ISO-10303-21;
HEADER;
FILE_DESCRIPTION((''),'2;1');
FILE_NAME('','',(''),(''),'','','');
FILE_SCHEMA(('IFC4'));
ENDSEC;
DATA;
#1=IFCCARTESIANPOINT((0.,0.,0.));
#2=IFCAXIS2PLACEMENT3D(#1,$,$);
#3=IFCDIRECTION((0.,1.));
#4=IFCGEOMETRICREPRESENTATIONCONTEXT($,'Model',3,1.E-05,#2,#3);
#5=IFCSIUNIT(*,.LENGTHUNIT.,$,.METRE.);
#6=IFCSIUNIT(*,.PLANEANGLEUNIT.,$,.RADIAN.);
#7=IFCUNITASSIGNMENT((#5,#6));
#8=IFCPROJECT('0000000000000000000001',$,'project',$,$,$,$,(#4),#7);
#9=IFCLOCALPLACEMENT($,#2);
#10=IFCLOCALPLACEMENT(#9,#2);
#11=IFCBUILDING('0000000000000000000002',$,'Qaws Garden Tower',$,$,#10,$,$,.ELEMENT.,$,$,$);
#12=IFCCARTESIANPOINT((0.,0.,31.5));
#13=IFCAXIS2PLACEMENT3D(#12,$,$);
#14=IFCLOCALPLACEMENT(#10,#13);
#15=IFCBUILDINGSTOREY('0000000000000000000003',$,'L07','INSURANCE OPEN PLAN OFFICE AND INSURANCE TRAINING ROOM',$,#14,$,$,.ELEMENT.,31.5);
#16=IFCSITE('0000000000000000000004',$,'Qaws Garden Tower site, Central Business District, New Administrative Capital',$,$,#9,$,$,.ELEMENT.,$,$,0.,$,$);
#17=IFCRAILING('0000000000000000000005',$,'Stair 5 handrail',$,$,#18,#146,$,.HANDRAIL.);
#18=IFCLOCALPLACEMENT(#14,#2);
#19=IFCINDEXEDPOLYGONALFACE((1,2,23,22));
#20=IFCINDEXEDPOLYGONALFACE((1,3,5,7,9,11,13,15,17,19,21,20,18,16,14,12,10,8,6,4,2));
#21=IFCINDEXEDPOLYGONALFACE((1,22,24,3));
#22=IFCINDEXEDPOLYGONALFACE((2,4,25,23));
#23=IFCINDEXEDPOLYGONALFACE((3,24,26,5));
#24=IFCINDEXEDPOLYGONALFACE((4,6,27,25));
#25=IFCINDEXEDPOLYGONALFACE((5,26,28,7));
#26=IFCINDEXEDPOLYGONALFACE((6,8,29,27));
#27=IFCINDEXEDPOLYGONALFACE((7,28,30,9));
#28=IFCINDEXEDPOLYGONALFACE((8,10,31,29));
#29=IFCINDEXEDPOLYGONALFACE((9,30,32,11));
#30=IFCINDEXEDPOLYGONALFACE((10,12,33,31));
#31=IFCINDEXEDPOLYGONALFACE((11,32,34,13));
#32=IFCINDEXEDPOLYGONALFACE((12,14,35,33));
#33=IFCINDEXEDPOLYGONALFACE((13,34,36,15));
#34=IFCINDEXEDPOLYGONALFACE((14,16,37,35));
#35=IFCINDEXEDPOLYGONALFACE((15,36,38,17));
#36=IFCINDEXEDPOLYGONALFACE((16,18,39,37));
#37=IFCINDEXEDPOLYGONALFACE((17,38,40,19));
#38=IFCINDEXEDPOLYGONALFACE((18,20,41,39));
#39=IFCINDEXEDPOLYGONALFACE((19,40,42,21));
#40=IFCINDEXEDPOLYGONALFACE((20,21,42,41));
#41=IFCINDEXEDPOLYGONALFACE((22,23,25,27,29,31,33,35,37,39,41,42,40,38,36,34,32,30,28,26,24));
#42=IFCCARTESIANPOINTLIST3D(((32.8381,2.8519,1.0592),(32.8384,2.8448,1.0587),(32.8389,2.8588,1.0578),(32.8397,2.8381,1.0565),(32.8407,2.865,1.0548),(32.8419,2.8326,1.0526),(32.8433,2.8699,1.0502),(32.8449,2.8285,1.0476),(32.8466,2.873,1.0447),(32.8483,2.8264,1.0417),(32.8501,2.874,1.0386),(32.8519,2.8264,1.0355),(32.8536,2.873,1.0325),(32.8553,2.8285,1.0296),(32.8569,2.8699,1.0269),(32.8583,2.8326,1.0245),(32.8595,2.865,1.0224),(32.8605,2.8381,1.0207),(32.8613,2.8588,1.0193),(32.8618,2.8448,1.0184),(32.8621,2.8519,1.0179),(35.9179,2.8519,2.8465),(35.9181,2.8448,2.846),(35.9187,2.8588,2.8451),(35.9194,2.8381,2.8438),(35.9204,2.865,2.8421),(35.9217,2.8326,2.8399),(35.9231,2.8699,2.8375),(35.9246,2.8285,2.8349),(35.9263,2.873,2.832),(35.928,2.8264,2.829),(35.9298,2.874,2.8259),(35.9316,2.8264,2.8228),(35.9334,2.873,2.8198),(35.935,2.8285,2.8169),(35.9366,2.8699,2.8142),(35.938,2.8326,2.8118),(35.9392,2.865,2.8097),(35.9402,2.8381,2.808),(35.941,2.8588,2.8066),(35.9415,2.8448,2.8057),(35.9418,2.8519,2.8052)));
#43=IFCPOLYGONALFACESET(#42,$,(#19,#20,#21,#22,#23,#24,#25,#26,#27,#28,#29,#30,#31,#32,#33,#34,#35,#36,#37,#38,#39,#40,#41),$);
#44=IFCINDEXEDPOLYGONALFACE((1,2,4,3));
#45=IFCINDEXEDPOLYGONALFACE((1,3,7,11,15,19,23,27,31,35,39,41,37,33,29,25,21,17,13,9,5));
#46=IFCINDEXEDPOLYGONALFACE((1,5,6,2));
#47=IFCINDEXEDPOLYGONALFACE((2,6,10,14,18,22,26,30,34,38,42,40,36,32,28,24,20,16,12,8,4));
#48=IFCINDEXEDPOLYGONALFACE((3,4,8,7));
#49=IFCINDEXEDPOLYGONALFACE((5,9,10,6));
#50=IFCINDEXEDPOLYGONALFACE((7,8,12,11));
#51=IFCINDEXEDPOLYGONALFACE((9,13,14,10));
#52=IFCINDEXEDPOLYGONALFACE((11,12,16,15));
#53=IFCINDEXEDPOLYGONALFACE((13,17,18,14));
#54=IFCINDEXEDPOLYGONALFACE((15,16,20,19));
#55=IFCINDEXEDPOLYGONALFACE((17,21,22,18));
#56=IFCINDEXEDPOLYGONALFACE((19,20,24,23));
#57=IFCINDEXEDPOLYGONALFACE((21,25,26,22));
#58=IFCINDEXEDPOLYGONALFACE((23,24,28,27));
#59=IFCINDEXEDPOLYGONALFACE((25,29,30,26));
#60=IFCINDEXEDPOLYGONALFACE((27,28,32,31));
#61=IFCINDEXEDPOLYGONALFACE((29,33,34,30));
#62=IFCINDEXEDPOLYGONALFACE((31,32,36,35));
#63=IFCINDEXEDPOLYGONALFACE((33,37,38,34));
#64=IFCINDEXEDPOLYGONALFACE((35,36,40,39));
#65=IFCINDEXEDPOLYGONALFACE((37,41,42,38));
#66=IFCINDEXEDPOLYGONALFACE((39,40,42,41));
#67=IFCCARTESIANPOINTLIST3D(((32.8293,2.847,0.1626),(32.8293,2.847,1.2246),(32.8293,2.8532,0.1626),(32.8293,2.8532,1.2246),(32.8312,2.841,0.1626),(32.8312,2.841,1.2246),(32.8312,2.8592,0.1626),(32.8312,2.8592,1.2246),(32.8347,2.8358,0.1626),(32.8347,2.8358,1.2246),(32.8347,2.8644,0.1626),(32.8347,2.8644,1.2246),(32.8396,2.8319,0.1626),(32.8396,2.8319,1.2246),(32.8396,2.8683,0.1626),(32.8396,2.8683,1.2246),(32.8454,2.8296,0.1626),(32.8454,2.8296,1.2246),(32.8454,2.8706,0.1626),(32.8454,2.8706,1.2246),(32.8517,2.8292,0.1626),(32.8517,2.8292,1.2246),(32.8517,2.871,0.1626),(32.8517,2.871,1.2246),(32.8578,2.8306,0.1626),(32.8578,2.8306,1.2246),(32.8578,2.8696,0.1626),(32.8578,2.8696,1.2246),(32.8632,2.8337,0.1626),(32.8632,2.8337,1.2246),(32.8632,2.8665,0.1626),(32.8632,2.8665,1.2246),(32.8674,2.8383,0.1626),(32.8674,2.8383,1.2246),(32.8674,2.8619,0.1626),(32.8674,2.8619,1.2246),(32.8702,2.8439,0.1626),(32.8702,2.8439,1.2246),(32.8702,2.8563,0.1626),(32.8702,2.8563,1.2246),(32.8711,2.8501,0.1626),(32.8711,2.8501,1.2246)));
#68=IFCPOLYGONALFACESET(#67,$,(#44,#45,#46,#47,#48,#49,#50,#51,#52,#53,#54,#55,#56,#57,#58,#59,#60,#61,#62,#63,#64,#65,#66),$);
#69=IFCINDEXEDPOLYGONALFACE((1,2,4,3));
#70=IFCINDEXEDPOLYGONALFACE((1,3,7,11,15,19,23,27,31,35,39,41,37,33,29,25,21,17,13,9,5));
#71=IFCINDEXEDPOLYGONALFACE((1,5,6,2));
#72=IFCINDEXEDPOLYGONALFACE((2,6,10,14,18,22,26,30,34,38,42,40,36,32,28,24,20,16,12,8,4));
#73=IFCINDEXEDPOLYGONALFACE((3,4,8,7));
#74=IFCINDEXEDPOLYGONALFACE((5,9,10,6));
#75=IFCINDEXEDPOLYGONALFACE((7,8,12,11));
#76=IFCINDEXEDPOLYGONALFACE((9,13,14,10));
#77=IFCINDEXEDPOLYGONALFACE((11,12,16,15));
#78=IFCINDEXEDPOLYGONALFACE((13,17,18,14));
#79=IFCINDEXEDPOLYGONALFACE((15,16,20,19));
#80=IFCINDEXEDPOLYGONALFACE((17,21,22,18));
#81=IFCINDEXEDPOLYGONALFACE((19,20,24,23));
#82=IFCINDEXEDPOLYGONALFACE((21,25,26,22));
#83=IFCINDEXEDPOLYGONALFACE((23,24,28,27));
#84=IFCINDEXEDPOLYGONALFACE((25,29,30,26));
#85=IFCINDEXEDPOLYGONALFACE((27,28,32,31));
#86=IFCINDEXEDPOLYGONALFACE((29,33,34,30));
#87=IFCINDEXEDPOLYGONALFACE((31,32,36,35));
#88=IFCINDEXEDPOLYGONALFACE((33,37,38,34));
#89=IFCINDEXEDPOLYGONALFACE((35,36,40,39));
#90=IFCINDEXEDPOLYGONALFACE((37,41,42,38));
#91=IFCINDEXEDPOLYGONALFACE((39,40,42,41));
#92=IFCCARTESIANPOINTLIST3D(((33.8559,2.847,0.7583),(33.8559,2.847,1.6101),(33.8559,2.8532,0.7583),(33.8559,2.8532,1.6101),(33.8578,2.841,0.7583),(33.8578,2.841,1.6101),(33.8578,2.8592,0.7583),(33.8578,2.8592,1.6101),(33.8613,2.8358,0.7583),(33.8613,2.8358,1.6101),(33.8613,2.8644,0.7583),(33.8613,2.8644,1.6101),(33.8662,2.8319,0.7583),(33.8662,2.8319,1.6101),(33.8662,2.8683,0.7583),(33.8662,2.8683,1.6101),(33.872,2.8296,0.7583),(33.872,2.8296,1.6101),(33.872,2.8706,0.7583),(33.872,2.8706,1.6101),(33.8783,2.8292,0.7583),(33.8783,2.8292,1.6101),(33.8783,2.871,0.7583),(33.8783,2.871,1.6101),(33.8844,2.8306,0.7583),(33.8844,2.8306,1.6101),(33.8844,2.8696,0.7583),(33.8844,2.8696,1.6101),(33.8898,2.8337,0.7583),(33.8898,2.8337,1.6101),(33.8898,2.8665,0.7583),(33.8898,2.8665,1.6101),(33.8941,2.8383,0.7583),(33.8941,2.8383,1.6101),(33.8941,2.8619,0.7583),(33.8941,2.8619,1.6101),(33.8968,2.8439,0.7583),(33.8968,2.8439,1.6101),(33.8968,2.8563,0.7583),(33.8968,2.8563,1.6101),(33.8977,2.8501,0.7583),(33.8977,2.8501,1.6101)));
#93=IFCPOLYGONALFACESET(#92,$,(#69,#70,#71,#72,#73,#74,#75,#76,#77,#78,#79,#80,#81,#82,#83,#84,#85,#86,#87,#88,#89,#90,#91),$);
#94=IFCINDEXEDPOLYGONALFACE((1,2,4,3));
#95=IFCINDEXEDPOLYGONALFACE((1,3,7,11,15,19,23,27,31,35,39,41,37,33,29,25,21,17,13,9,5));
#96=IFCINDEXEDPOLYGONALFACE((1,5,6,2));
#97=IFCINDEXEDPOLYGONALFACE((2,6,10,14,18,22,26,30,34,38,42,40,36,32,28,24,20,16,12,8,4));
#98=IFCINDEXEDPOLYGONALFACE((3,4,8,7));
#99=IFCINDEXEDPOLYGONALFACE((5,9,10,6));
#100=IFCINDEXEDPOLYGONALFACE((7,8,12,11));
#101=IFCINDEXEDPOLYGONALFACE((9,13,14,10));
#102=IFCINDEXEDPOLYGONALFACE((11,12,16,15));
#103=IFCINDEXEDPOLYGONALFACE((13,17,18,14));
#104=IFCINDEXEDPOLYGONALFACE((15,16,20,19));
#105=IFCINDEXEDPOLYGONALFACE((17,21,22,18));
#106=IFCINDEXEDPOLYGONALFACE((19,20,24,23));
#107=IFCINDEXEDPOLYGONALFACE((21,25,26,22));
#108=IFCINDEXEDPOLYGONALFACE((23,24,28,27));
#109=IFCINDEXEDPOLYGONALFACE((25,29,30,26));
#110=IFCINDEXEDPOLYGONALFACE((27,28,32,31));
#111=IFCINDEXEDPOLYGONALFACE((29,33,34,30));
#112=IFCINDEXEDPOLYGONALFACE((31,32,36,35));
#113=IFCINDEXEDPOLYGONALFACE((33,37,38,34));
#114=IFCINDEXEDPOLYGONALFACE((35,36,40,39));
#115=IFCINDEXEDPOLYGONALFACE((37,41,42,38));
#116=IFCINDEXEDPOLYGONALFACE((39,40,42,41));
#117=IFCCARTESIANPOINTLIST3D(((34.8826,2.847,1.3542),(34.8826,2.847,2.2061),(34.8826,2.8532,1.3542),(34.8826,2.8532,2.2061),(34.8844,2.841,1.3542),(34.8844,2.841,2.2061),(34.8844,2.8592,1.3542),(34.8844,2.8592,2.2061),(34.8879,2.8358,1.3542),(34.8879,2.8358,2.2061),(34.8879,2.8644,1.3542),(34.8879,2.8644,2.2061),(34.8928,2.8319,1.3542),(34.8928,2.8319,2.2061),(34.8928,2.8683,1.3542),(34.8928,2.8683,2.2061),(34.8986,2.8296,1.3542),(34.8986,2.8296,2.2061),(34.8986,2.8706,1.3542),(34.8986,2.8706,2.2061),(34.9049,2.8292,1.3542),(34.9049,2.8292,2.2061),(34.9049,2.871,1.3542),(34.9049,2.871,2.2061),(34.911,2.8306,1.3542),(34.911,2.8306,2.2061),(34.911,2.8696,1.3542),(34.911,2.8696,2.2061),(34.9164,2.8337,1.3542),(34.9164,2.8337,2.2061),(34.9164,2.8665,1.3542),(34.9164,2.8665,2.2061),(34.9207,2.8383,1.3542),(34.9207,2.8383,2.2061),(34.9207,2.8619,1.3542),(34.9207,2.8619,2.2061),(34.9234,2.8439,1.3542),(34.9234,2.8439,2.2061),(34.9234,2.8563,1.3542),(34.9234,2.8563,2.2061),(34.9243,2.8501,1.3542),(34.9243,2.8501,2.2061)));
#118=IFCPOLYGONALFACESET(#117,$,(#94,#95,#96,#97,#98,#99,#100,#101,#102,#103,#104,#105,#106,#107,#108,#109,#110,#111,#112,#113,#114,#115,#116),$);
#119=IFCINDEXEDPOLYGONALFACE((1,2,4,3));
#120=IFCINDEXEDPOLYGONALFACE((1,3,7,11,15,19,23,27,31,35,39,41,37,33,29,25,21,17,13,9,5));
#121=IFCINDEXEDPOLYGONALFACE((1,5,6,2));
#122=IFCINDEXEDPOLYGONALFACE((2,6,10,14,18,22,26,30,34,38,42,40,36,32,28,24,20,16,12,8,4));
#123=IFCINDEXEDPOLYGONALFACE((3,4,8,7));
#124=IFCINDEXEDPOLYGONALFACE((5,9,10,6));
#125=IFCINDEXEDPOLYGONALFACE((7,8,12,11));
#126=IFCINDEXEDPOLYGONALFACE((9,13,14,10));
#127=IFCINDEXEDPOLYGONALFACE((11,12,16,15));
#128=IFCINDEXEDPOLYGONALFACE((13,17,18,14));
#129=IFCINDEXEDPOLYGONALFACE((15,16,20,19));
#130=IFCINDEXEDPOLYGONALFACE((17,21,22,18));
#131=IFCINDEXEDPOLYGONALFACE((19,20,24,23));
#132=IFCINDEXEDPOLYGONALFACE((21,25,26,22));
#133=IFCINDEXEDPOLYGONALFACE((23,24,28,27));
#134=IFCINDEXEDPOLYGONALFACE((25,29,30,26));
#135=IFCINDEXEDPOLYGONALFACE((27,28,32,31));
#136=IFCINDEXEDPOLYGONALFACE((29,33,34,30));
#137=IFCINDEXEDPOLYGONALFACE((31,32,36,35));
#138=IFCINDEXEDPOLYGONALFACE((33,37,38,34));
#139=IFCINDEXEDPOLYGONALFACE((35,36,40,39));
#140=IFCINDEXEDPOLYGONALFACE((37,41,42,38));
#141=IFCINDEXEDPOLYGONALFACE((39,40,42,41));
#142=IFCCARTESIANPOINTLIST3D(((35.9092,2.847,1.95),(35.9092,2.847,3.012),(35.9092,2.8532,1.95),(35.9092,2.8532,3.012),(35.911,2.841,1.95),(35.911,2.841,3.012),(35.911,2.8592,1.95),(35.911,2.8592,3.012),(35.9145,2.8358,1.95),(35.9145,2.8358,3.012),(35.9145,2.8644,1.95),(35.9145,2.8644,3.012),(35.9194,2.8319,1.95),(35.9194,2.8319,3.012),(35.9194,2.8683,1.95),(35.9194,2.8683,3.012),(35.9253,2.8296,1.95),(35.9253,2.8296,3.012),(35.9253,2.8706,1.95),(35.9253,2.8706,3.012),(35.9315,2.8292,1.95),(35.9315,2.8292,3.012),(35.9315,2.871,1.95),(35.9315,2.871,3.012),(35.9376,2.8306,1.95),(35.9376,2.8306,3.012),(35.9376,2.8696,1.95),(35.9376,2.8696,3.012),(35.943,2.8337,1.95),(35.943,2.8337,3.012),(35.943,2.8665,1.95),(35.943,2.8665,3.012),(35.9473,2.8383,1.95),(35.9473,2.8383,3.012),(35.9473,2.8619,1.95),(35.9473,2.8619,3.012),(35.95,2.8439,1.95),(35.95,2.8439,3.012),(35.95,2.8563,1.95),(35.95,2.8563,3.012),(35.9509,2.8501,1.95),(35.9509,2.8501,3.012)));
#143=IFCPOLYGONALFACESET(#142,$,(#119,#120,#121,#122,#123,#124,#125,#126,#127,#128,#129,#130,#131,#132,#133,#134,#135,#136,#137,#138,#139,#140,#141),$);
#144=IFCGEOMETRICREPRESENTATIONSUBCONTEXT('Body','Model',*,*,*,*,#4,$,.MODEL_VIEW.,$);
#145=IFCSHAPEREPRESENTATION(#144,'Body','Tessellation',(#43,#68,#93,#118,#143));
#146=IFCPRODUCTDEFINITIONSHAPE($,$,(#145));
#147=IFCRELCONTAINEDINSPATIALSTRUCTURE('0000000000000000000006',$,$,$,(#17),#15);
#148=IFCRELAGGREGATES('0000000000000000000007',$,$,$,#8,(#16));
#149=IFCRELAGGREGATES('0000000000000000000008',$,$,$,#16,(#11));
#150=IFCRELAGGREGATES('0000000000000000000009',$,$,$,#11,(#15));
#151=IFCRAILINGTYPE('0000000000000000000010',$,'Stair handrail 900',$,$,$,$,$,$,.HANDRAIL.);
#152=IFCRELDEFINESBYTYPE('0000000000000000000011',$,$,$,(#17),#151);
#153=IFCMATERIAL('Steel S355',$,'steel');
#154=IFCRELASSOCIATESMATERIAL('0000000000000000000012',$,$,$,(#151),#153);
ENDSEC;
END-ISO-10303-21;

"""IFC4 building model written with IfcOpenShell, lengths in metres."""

from ifc_helpers import new_model, si_unit, direction, frame, origin, origin_2d, place, context, subcontext, project, spatial, circle, extrude, material, type_object, element, save


model = new_model("IFC4")

# Units and contexts
model_context = context("Model", 3, precision=1e-05, world=origin(), true_north=direction((0.0, 1.0)))
body_context = subcontext(model_context, "Body", "Model", "MODEL_VIEW")
ifc_project = project(units=[si_unit("LENGTHUNIT", "METRE"), si_unit("PLANEANGLEUNIT", "RADIAN")], contexts=[model_context])

# Site, building, storey
site_placement = place(None, origin())
site = spatial("IfcSite", under=ifc_project, at=site_placement, Name="Qaws Garden Tower site, Central Business District, New Administrative Capital", CompositionType="ELEMENT", RefElevation=0.0)
building_placement = place(site_placement, origin())
building = spatial("IfcBuilding", under=site, at=building_placement, Name="Qaws Garden Tower", CompositionType="ELEMENT")
storey_placement = place(building_placement, frame((0.0, 0.0, 31.5)))
storey = spatial("IfcBuildingStorey", under=building, at=storey_placement, Name="L07", Description="INSURANCE OPEN PLAN OFFICE AND INSURANCE TRAINING ROOM", CompositionType="ELEMENT", Elevation=31.5)

# Railing
ifc_material_1 = material(Name="Steel S355", Category="steel")
railing_type = type_object("IfcRailingType", Name="Stair handrail 900", PredefinedType="HANDRAIL", material=ifc_material_1)
railing_1_placement = place(storey_placement, frame((32.8501, 2.8501, 0.1626)))
element("IfcRailing", 1, at=railing_1_placement, inside=storey, type_object=railing_type, Name="Stair 5 handrail", PredefinedType="HANDRAIL", context=body_context, shape_type="SweptSolid", body=[
    extrude(circle(Radius=0.0239, at=origin_2d()), frame((0.0, 0.0, 0.876), z_axis=(0.864903, 0.0, 0.501939), x_axis=(0.0, 1.0, 0.0)), (0.0, 0.0, 1.0), 3.5608),
    extrude(circle(Radius=0.021, at=origin_2d()), origin(), (0.0, 0.0, 1.0), 1.062),
    extrude(circle(Radius=0.021, at=origin_2d()), frame((1.0266, 0.0, 0.5957)), (0.0, 0.0, 1.0), 0.8518),
    extrude(circle(Radius=0.021, at=origin_2d()), frame((2.0532, 0.0, 1.1917)), (0.0, 0.0, 1.0), 0.8518),
    extrude(circle(Radius=0.021, at=origin_2d()), frame((3.0798, 0.0, 1.7874)), (0.0, 0.0, 1.0), 1.062),
])

save(model, "model.ifc")
